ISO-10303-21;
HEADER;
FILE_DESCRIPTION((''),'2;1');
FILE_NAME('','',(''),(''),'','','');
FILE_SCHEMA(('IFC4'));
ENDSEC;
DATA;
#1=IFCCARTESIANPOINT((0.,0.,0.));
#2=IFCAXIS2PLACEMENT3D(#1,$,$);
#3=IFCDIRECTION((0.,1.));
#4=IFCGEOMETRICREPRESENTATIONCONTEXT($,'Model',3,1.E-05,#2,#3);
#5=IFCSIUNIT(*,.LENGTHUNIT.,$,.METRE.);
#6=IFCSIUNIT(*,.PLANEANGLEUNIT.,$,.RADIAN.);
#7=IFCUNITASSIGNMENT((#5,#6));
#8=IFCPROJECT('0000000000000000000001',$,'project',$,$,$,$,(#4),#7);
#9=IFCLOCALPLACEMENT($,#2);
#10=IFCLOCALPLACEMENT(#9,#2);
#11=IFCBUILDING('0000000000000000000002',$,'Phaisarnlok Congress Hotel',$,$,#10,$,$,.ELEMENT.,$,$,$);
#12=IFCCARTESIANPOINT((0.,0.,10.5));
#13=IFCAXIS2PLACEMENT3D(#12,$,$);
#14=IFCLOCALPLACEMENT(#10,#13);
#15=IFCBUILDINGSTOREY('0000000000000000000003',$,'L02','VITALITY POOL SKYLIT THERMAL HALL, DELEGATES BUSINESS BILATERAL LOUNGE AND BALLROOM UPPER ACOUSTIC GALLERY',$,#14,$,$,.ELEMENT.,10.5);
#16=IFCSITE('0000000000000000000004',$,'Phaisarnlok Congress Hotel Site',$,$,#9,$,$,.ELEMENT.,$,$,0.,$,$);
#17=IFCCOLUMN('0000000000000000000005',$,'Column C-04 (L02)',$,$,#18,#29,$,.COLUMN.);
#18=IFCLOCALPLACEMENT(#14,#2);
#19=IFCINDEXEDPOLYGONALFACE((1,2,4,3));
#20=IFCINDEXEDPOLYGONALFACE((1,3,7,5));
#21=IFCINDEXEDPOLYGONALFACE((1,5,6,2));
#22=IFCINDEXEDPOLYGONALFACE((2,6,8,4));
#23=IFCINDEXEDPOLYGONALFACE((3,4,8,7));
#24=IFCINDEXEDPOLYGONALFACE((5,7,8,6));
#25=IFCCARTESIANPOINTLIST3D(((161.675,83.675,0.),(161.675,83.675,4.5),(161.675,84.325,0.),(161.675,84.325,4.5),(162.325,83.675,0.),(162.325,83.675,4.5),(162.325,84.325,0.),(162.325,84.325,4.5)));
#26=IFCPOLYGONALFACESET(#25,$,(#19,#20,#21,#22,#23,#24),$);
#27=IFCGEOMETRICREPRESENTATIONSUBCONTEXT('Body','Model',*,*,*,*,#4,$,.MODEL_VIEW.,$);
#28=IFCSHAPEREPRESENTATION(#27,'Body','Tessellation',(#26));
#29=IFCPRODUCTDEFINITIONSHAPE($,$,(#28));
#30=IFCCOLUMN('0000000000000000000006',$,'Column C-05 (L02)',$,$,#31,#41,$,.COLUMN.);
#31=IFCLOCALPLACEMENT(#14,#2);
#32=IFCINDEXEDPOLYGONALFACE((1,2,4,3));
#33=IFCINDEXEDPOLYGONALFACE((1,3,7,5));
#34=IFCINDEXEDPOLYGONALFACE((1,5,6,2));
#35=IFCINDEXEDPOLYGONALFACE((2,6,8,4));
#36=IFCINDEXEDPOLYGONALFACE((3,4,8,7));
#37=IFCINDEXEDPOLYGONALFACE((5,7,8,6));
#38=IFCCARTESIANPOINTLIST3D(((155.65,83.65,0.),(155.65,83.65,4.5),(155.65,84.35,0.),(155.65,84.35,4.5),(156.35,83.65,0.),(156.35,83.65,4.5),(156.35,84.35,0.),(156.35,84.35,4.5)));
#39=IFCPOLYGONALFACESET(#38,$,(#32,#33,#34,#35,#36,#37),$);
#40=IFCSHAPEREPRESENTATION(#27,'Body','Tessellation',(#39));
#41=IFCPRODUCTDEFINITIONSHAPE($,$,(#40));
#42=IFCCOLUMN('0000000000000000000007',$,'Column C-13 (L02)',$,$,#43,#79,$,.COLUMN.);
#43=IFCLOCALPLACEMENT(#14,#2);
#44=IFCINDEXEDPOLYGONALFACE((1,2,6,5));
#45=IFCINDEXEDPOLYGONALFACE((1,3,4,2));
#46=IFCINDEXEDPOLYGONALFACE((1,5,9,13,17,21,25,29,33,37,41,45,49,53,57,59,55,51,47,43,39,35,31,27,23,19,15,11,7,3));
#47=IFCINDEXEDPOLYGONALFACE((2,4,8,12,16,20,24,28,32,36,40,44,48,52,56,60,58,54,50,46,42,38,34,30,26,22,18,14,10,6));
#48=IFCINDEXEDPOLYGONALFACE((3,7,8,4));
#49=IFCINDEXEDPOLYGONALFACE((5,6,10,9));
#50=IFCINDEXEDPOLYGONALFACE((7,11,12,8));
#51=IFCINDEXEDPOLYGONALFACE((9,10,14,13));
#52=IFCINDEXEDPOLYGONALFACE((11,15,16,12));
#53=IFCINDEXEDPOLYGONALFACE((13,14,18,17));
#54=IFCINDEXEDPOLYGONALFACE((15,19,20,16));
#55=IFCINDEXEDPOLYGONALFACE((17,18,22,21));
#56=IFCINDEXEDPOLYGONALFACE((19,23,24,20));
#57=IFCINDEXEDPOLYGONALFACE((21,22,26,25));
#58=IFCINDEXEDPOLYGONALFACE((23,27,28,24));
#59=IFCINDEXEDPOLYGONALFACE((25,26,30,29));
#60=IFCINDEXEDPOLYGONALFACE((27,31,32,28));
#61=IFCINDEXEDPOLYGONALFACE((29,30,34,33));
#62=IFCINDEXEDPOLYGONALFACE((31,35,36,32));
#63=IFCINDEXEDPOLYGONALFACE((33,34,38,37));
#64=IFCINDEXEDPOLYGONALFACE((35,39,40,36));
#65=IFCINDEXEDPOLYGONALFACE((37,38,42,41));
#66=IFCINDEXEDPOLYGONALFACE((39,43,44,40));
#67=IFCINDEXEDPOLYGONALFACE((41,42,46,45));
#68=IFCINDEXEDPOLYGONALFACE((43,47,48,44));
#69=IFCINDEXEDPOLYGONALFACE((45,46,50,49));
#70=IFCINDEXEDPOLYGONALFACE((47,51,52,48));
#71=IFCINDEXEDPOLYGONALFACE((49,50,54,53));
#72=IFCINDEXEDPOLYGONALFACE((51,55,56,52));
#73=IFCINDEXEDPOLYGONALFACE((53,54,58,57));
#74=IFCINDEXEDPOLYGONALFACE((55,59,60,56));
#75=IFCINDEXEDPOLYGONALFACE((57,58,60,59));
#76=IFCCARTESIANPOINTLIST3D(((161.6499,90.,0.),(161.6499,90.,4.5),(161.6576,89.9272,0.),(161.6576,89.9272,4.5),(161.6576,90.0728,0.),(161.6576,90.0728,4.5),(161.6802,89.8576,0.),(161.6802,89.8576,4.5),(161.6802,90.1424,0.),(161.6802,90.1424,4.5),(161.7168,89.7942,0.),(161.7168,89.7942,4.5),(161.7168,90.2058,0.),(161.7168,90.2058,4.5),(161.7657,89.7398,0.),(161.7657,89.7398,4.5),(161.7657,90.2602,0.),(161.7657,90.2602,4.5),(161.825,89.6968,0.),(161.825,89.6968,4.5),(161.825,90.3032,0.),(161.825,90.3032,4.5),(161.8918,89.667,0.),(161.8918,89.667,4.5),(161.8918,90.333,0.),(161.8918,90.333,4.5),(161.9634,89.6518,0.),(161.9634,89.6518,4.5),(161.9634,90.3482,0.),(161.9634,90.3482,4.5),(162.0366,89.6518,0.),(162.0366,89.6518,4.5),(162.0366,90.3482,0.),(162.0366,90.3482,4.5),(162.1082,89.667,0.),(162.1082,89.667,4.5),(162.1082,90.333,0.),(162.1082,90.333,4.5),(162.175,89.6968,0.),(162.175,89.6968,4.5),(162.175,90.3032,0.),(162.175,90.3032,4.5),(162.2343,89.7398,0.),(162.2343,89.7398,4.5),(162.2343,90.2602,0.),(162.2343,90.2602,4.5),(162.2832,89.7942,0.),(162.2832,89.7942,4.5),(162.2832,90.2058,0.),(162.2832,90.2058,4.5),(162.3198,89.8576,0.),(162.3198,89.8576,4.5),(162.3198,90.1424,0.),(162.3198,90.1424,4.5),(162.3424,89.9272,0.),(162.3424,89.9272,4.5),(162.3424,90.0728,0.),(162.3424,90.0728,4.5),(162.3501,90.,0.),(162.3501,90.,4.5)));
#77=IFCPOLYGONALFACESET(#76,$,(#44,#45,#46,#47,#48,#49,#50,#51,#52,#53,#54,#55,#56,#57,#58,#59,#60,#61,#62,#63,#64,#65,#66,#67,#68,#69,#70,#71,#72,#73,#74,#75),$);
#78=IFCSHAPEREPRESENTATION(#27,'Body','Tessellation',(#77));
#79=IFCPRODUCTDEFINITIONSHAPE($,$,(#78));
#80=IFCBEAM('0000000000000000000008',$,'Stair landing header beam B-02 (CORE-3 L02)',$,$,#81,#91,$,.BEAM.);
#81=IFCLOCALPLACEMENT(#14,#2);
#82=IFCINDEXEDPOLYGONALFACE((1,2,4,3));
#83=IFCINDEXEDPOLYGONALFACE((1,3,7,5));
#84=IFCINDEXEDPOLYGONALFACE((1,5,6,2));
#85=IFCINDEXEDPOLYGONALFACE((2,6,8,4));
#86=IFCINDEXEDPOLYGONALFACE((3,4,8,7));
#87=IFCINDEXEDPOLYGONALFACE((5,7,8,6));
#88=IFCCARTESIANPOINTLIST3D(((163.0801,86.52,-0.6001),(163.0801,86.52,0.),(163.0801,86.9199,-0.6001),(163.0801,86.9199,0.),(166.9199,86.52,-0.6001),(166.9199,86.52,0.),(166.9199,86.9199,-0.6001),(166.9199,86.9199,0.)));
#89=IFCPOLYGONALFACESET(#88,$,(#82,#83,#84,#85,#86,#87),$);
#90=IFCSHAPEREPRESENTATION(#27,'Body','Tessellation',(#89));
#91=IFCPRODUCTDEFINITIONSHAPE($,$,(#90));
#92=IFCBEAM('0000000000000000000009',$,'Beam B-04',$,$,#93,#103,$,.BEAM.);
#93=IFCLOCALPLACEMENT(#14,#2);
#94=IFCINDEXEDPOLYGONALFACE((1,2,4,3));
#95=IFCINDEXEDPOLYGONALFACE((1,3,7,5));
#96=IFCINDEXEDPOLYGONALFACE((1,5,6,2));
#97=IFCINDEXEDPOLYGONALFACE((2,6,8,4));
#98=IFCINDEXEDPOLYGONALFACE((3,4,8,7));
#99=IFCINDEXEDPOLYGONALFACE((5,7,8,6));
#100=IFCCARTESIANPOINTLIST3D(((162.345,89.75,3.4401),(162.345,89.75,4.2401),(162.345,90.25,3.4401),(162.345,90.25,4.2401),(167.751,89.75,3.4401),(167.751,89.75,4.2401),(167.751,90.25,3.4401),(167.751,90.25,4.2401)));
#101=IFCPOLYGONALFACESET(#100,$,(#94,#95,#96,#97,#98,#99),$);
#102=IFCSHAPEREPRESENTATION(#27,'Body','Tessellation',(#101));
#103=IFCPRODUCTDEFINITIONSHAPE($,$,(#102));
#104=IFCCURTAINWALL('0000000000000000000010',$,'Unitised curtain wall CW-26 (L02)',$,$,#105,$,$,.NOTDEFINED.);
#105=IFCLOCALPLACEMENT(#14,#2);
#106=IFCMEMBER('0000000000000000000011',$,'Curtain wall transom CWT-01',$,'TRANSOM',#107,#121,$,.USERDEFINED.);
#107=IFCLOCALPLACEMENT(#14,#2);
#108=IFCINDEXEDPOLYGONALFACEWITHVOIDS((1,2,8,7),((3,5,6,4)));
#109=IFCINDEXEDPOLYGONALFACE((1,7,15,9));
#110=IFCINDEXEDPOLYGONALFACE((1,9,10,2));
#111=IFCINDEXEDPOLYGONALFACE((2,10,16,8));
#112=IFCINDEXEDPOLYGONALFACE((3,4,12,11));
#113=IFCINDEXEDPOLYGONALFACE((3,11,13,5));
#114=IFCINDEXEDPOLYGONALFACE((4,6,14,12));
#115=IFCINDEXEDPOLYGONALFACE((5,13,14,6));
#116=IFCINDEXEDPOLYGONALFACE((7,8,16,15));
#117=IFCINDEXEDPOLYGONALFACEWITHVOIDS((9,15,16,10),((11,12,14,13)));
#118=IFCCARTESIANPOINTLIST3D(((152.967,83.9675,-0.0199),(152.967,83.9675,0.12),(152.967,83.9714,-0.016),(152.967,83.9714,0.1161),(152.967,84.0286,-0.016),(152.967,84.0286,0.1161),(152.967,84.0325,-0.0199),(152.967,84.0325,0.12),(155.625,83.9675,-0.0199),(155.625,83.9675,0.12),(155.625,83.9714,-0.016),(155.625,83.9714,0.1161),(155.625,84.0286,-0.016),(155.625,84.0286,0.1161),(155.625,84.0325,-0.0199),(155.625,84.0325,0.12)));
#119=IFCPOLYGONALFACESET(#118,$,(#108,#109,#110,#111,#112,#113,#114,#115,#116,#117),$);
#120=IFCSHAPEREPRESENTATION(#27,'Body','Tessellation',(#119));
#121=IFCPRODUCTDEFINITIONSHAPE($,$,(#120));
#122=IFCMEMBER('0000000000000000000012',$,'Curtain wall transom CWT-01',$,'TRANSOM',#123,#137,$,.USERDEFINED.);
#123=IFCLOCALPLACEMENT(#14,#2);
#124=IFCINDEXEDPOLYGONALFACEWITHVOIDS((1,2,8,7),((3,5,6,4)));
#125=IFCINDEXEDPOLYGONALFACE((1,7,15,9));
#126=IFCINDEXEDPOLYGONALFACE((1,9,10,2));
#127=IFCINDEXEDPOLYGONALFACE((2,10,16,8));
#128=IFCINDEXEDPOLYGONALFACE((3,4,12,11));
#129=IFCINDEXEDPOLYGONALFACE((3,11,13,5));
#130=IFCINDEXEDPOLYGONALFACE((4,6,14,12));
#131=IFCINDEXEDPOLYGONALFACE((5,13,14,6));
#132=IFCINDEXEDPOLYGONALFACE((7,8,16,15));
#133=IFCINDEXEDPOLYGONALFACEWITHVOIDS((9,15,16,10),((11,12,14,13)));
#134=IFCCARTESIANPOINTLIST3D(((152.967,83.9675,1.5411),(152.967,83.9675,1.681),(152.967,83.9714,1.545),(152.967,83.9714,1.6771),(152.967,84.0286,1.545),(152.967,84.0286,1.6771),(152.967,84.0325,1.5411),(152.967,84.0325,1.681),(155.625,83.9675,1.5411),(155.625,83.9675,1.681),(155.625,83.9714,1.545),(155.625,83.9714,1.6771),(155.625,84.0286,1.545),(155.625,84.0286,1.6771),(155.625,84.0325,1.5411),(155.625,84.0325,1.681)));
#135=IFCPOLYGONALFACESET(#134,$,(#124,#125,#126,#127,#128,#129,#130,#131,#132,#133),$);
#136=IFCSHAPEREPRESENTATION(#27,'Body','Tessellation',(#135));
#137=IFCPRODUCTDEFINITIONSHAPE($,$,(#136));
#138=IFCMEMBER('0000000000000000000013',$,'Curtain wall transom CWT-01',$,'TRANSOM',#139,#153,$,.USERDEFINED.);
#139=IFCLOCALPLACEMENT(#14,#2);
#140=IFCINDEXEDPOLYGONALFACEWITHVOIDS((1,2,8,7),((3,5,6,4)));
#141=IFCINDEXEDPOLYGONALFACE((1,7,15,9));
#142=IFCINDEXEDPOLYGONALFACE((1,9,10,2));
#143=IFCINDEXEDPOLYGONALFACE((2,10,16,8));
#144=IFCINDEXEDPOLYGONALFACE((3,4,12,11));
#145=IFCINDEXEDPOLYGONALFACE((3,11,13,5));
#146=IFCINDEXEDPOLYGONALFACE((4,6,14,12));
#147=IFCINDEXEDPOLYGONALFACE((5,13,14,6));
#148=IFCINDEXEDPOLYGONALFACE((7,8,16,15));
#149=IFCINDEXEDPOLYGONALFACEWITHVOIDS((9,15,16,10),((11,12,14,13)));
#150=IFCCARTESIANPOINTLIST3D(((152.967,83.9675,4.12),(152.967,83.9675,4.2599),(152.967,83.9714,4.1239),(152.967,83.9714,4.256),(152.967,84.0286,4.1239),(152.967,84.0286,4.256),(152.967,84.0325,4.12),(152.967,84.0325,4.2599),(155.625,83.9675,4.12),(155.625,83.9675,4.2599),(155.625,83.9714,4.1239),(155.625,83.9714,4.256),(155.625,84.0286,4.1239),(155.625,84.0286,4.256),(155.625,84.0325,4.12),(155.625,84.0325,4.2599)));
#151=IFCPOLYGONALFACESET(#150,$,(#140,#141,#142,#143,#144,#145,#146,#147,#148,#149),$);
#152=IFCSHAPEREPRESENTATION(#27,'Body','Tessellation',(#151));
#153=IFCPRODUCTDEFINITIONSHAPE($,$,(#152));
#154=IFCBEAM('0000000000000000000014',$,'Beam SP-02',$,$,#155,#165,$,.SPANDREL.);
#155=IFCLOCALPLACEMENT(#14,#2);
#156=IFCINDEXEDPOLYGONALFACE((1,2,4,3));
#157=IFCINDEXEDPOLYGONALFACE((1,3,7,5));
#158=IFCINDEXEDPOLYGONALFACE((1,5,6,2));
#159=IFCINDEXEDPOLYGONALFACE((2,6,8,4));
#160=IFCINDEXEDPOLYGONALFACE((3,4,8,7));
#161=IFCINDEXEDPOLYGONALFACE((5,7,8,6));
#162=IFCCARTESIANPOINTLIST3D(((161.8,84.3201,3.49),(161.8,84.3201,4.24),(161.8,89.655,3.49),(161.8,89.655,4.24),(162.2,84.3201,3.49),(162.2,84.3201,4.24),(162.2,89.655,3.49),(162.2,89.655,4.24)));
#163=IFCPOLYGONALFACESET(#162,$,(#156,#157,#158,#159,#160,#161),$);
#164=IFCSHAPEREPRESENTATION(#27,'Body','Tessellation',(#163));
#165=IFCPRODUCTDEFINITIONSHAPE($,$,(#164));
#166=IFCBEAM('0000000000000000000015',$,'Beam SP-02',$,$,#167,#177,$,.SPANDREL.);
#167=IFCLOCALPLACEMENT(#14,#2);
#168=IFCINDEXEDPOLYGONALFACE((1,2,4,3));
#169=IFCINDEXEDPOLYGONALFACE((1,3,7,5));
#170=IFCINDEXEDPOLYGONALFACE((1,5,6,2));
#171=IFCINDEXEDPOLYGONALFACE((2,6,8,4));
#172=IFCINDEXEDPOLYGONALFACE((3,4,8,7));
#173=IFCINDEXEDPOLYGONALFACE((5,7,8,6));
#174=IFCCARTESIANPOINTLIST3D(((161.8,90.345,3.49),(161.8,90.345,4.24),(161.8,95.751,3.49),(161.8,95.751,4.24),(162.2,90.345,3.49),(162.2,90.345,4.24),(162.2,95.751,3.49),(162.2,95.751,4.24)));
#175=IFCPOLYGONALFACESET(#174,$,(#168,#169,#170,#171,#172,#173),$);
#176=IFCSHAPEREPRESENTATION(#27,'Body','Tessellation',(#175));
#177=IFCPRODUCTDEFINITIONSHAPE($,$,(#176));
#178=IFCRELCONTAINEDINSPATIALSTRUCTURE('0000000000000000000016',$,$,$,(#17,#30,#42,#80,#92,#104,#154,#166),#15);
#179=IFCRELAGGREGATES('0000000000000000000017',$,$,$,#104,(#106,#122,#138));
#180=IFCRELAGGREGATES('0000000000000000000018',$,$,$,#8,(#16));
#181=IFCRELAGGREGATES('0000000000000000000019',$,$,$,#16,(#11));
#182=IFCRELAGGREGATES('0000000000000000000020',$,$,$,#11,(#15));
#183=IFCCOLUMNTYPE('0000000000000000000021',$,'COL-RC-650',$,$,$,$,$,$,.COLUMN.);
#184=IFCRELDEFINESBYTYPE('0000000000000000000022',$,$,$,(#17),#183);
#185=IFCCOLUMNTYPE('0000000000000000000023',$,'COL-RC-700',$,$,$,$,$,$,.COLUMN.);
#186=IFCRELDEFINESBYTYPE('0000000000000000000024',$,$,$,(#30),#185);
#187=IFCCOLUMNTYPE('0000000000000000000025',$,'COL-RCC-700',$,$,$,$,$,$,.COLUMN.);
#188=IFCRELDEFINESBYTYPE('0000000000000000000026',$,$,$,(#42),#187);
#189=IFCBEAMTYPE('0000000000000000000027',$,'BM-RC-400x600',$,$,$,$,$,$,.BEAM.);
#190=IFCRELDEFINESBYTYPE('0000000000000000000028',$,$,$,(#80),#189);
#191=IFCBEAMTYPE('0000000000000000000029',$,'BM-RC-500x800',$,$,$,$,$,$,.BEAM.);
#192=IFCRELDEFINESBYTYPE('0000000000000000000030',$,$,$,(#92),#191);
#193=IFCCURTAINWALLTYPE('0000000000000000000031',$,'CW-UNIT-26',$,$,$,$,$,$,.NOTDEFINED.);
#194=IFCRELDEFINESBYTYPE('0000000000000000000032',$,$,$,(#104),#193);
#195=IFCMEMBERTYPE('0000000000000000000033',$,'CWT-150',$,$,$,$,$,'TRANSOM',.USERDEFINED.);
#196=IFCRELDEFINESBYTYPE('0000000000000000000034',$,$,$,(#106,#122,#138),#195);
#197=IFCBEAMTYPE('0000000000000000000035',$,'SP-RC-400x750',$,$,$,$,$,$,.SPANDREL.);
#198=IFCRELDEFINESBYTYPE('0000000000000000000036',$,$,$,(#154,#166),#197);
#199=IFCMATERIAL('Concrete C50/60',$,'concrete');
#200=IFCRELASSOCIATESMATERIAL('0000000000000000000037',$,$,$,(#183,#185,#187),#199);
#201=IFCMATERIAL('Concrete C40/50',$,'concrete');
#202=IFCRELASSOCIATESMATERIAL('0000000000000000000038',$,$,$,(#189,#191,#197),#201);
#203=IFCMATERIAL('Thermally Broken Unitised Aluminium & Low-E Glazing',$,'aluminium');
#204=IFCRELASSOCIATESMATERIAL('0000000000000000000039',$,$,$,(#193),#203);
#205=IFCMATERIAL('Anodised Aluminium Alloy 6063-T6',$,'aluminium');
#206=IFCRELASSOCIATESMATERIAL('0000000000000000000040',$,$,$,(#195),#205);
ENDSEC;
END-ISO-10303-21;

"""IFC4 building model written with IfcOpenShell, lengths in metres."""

from ifc_helpers import new_model, si_unit, direction, frame, origin, origin_2d, place, context, subcontext, project, spatial, rectangle, hollow_rectangle, circle, extrude, material, material_profile, profile_set, type_object, element, aggregate, save


model = new_model("IFC4")

# Units and contexts
model_context = context("Model", 3, precision=1e-05, world=origin(), true_north=direction((0.0, 1.0)))
body_context = subcontext(model_context, "Body", "Model", "MODEL_VIEW")
ifc_project = project(units=[si_unit("LENGTHUNIT", "METRE"), si_unit("PLANEANGLEUNIT", "RADIAN")], contexts=[model_context])

# Site, building, storey
site_placement = place(None, origin())
site = spatial("IfcSite", under=ifc_project, at=site_placement, Name="Phaisarnlok Congress Hotel Site", CompositionType="ELEMENT", RefElevation=0.0)
building_placement = place(site_placement, origin())
building = spatial("IfcBuilding", under=site, at=building_placement, Name="Phaisarnlok Congress Hotel", CompositionType="ELEMENT")
storey_placement = place(building_placement, frame((0.0, 0.0, 10.5)))
storey = spatial("IfcBuildingStorey", under=building, at=storey_placement, Name="L02", Description="VITALITY POOL SKYLIT THERMAL HALL, DELEGATES BUSINESS BILATERAL LOUNGE AND BALLROOM UPPER ACOUSTIC GALLERY", CompositionType="ELEMENT", Elevation=10.5)

# Columns
ifc_material_1 = material(Name="Concrete C50/60", Category="concrete")
ifc_material_profile_1 = material_profile(ifc_material_1, rectangle(XDim=0.6499, YDim=0.6499, at=origin_2d()), Name="RC 650x650")
ifc_profile_set_1 = profile_set([ifc_material_profile_1], Name="Concrete C50/60")
column_type_1 = type_object("IfcColumnType", Name="COL-RC-650", PredefinedType="COLUMN", material=ifc_profile_set_1)
column_1_placement = place(storey_placement, frame((162.0, 84.0, 0.0), z_axis=(0.0, 0.0, 1.0), x_axis=(1.0, 0.0, 0.0)))
element("IfcColumn", 1, at=column_1_placement, inside=storey, type_object=column_type_1, Name="Column C-04 (L02)", PredefinedType="COLUMN", context=body_context, shape_type="SweptSolid", body=[
    extrude(rectangle(XDim=0.6499, YDim=0.6499, at=origin_2d()), origin(), (0.0, 0.0, 1.0), 4.5),
])
ifc_material_profile_2 = material_profile(ifc_material_1, rectangle(XDim=0.7, YDim=0.7, at=origin_2d()), Name="RC 700x700")
ifc_profile_set_2 = profile_set([ifc_material_profile_2], Name="Concrete C50/60")
column_type_2 = type_object("IfcColumnType", Name="COL-RC-700", PredefinedType="COLUMN", material=ifc_profile_set_2)
column_2_placement = place(storey_placement, frame((156.0, 84.0, 0.0), z_axis=(0.0, 0.0, 1.0), x_axis=(1.0, 0.0, 0.0)))
element("IfcColumn", 2, at=column_2_placement, inside=storey, type_object=column_type_2, Name="Column C-05 (L02)", PredefinedType="COLUMN", context=body_context, shape_type="SweptSolid", body=[
    extrude(rectangle(XDim=0.7, YDim=0.7, at=origin_2d()), origin(), (0.0, 0.0, 1.0), 4.5),
])
ifc_material_profile_3 = material_profile(ifc_material_1, circle(Radius=0.3501, at=origin_2d()), Name="RCC D700")
ifc_profile_set_3 = profile_set([ifc_material_profile_3], Name="Concrete C50/60")
column_type_3 = type_object("IfcColumnType", Name="COL-RCC-700", PredefinedType="COLUMN", material=ifc_profile_set_3)
column_3_placement = place(storey_placement, frame((162.0, 90.0, 0.0), z_axis=(0.0, 0.0, 1.0), x_axis=(1.0, 0.0, 0.0)))
element("IfcColumn", 3, at=column_3_placement, inside=storey, type_object=column_type_3, Name="Column C-13 (L02)", PredefinedType="COLUMN", context=body_context, shape_type="SweptSolid", body=[
    extrude(circle(Radius=0.3501, at=origin_2d()), origin(), (0.0, 0.0, 1.0), 4.5),
])

# Beams
ifc_material_2 = material(Name="Concrete C40/50", Category="concrete")
ifc_material_profile_4 = material_profile(ifc_material_2, rectangle(XDim=0.3999, YDim=0.6001, at=origin_2d()), Name="RC 400x600")
ifc_profile_set_4 = profile_set([ifc_material_profile_4], Name="Concrete C40/50")
beam_type_1 = type_object("IfcBeamType", Name="BM-RC-400x600", PredefinedType="BEAM", material=ifc_profile_set_4)
beam_1_placement = place(storey_placement, frame((163.0801, 86.72, -0.3), z_axis=(1.0, 0.0, 0.0), x_axis=(0.0, 1.0, 0.0)))
element("IfcBeam", 4, at=beam_1_placement, inside=storey, type_object=beam_type_1, Name="Stair landing header beam B-02 (CORE-3 L02)", PredefinedType="BEAM", context=body_context, shape_type="SweptSolid", body=[
    extrude(rectangle(XDim=0.3999, YDim=0.6001, at=origin_2d()), origin(), (0.0, 0.0, 1.0), 3.8398),
])
ifc_material_profile_5 = material_profile(ifc_material_2, rectangle(XDim=0.5, YDim=0.8, at=origin_2d()), Name="RC 500x800")
ifc_profile_set_5 = profile_set([ifc_material_profile_5], Name="Concrete C40/50")
beam_type_2 = type_object("IfcBeamType", Name="BM-RC-500x800", PredefinedType="BEAM", material=ifc_profile_set_5)
beam_2_placement = place(storey_placement, frame((162.345, 90.0, 3.8401), z_axis=(1.0, 0.0, 0.0), x_axis=(0.0, 1.0, 0.0)))
element("IfcBeam", 5, at=beam_2_placement, inside=storey, type_object=beam_type_2, Name="Beam B-04", PredefinedType="BEAM", context=body_context, shape_type="SweptSolid", body=[
    extrude(rectangle(XDim=0.5, YDim=0.8, at=origin_2d()), origin(), (0.0, 0.0, 1.0), 5.406),
])

# Curtain wall, members
ifc_material_3 = material(Name="Thermally Broken Unitised Aluminium & Low-E Glazing", Category="aluminium")
curtain_wall_type = type_object("IfcCurtainWallType", Name="CW-UNIT-26", PredefinedType="NOTDEFINED", material=ifc_material_3)
curtain_wall_placement = place(storey_placement, origin())
curtain_wall = element("IfcCurtainWall", 6, at=curtain_wall_placement, inside=storey, type_object=curtain_wall_type, Name="Unitised curtain wall CW-26 (L02)", PredefinedType="NOTDEFINED")
ifc_material_4 = material(Name="Anodised Aluminium Alloy 6063-T6", Category="aluminium")
ifc_material_profile_6 = material_profile(ifc_material_4, hollow_rectangle(XDim=0.0649, YDim=0.1399, WallThickness=0.0039, at=origin_2d()), Name="ALU-T 65x140x4")
ifc_profile_set_6 = profile_set([ifc_material_profile_6], Name="Anodised Aluminium Alloy 6063-T6")
member_type = type_object("IfcMemberType", Name="CWT-150", ElementType="TRANSOM", PredefinedType="USERDEFINED", material=ifc_profile_set_6)
member_1_placement = place(storey_placement, frame((155.625, 84.0, 0.05), z_axis=(-1.0, 0.0, 0.0), x_axis=(0.0, -1.0, 0.0)))
member_1 = element("IfcMember", 7, at=member_1_placement, type_object=member_type, Name="Curtain wall transom CWT-01", ObjectType="TRANSOM", PredefinedType="USERDEFINED", context=body_context, shape_type="SweptSolid", body=[
    extrude(hollow_rectangle(XDim=0.0649, YDim=0.1399, WallThickness=0.0039, at=origin_2d()), origin(), (0.0, 0.0, 1.0), 2.658),
])
member_2_placement = place(storey_placement, frame((155.625, 84.0, 1.6111), z_axis=(-1.0, 0.0, 0.0), x_axis=(0.0, -1.0, 0.0)))
member_2 = element("IfcMember", 8, at=member_2_placement, type_object=member_type, Name="Curtain wall transom CWT-01", ObjectType="TRANSOM", PredefinedType="USERDEFINED", context=body_context, shape_type="SweptSolid", body=[
    extrude(hollow_rectangle(XDim=0.0649, YDim=0.1399, WallThickness=0.0039, at=origin_2d()), origin(), (0.0, 0.0, 1.0), 2.658),
])
member_3_placement = place(storey_placement, frame((155.625, 84.0, 4.1899), z_axis=(-1.0, 0.0, 0.0), x_axis=(0.0, -1.0, 0.0)))
member_3 = element("IfcMember", 9, at=member_3_placement, type_object=member_type, Name="Curtain wall transom CWT-01", ObjectType="TRANSOM", PredefinedType="USERDEFINED", context=body_context, shape_type="SweptSolid", body=[
    extrude(hollow_rectangle(XDim=0.0649, YDim=0.1399, WallThickness=0.0039, at=origin_2d()), origin(), (0.0, 0.0, 1.0), 2.658),
])

# Beams
ifc_material_profile_7 = material_profile(ifc_material_2, rectangle(XDim=0.3999, YDim=0.75, at=origin_2d()), Name="RC 400x750")
ifc_profile_set_7 = profile_set([ifc_material_profile_7], Name="Concrete C40/50")
beam_type_3 = type_object("IfcBeamType", Name="SP-RC-400x750", PredefinedType="SPANDREL", material=ifc_profile_set_7)
beam_3_placement = place(storey_placement, frame((162.0, 84.3201, 3.865), z_axis=(0.0, 1.0, 0.0), x_axis=(-1.0, 0.0, 0.0)))
element("IfcBeam", 10, at=beam_3_placement, inside=storey, type_object=beam_type_3, Name="Beam SP-02", PredefinedType="SPANDREL", context=body_context, shape_type="SweptSolid", body=[
    extrude(rectangle(XDim=0.3999, YDim=0.75, at=origin_2d()), origin(), (0.0, 0.0, 1.0), 5.335),
])
beam_4_placement = place(storey_placement, frame((162.0, 90.345, 3.865), z_axis=(0.0, 1.0, 0.0), x_axis=(-1.0, 0.0, 0.0)))
element("IfcBeam", 11, at=beam_4_placement, inside=storey, type_object=beam_type_3, Name="Beam SP-02", PredefinedType="SPANDREL", context=body_context, shape_type="SweptSolid", body=[
    extrude(rectangle(XDim=0.3999, YDim=0.75, at=origin_2d()), origin(), (0.0, 0.0, 1.0), 5.406),
])

aggregate(curtain_wall, [member_1, member_2, member_3])

save(model, "model.ifc")
